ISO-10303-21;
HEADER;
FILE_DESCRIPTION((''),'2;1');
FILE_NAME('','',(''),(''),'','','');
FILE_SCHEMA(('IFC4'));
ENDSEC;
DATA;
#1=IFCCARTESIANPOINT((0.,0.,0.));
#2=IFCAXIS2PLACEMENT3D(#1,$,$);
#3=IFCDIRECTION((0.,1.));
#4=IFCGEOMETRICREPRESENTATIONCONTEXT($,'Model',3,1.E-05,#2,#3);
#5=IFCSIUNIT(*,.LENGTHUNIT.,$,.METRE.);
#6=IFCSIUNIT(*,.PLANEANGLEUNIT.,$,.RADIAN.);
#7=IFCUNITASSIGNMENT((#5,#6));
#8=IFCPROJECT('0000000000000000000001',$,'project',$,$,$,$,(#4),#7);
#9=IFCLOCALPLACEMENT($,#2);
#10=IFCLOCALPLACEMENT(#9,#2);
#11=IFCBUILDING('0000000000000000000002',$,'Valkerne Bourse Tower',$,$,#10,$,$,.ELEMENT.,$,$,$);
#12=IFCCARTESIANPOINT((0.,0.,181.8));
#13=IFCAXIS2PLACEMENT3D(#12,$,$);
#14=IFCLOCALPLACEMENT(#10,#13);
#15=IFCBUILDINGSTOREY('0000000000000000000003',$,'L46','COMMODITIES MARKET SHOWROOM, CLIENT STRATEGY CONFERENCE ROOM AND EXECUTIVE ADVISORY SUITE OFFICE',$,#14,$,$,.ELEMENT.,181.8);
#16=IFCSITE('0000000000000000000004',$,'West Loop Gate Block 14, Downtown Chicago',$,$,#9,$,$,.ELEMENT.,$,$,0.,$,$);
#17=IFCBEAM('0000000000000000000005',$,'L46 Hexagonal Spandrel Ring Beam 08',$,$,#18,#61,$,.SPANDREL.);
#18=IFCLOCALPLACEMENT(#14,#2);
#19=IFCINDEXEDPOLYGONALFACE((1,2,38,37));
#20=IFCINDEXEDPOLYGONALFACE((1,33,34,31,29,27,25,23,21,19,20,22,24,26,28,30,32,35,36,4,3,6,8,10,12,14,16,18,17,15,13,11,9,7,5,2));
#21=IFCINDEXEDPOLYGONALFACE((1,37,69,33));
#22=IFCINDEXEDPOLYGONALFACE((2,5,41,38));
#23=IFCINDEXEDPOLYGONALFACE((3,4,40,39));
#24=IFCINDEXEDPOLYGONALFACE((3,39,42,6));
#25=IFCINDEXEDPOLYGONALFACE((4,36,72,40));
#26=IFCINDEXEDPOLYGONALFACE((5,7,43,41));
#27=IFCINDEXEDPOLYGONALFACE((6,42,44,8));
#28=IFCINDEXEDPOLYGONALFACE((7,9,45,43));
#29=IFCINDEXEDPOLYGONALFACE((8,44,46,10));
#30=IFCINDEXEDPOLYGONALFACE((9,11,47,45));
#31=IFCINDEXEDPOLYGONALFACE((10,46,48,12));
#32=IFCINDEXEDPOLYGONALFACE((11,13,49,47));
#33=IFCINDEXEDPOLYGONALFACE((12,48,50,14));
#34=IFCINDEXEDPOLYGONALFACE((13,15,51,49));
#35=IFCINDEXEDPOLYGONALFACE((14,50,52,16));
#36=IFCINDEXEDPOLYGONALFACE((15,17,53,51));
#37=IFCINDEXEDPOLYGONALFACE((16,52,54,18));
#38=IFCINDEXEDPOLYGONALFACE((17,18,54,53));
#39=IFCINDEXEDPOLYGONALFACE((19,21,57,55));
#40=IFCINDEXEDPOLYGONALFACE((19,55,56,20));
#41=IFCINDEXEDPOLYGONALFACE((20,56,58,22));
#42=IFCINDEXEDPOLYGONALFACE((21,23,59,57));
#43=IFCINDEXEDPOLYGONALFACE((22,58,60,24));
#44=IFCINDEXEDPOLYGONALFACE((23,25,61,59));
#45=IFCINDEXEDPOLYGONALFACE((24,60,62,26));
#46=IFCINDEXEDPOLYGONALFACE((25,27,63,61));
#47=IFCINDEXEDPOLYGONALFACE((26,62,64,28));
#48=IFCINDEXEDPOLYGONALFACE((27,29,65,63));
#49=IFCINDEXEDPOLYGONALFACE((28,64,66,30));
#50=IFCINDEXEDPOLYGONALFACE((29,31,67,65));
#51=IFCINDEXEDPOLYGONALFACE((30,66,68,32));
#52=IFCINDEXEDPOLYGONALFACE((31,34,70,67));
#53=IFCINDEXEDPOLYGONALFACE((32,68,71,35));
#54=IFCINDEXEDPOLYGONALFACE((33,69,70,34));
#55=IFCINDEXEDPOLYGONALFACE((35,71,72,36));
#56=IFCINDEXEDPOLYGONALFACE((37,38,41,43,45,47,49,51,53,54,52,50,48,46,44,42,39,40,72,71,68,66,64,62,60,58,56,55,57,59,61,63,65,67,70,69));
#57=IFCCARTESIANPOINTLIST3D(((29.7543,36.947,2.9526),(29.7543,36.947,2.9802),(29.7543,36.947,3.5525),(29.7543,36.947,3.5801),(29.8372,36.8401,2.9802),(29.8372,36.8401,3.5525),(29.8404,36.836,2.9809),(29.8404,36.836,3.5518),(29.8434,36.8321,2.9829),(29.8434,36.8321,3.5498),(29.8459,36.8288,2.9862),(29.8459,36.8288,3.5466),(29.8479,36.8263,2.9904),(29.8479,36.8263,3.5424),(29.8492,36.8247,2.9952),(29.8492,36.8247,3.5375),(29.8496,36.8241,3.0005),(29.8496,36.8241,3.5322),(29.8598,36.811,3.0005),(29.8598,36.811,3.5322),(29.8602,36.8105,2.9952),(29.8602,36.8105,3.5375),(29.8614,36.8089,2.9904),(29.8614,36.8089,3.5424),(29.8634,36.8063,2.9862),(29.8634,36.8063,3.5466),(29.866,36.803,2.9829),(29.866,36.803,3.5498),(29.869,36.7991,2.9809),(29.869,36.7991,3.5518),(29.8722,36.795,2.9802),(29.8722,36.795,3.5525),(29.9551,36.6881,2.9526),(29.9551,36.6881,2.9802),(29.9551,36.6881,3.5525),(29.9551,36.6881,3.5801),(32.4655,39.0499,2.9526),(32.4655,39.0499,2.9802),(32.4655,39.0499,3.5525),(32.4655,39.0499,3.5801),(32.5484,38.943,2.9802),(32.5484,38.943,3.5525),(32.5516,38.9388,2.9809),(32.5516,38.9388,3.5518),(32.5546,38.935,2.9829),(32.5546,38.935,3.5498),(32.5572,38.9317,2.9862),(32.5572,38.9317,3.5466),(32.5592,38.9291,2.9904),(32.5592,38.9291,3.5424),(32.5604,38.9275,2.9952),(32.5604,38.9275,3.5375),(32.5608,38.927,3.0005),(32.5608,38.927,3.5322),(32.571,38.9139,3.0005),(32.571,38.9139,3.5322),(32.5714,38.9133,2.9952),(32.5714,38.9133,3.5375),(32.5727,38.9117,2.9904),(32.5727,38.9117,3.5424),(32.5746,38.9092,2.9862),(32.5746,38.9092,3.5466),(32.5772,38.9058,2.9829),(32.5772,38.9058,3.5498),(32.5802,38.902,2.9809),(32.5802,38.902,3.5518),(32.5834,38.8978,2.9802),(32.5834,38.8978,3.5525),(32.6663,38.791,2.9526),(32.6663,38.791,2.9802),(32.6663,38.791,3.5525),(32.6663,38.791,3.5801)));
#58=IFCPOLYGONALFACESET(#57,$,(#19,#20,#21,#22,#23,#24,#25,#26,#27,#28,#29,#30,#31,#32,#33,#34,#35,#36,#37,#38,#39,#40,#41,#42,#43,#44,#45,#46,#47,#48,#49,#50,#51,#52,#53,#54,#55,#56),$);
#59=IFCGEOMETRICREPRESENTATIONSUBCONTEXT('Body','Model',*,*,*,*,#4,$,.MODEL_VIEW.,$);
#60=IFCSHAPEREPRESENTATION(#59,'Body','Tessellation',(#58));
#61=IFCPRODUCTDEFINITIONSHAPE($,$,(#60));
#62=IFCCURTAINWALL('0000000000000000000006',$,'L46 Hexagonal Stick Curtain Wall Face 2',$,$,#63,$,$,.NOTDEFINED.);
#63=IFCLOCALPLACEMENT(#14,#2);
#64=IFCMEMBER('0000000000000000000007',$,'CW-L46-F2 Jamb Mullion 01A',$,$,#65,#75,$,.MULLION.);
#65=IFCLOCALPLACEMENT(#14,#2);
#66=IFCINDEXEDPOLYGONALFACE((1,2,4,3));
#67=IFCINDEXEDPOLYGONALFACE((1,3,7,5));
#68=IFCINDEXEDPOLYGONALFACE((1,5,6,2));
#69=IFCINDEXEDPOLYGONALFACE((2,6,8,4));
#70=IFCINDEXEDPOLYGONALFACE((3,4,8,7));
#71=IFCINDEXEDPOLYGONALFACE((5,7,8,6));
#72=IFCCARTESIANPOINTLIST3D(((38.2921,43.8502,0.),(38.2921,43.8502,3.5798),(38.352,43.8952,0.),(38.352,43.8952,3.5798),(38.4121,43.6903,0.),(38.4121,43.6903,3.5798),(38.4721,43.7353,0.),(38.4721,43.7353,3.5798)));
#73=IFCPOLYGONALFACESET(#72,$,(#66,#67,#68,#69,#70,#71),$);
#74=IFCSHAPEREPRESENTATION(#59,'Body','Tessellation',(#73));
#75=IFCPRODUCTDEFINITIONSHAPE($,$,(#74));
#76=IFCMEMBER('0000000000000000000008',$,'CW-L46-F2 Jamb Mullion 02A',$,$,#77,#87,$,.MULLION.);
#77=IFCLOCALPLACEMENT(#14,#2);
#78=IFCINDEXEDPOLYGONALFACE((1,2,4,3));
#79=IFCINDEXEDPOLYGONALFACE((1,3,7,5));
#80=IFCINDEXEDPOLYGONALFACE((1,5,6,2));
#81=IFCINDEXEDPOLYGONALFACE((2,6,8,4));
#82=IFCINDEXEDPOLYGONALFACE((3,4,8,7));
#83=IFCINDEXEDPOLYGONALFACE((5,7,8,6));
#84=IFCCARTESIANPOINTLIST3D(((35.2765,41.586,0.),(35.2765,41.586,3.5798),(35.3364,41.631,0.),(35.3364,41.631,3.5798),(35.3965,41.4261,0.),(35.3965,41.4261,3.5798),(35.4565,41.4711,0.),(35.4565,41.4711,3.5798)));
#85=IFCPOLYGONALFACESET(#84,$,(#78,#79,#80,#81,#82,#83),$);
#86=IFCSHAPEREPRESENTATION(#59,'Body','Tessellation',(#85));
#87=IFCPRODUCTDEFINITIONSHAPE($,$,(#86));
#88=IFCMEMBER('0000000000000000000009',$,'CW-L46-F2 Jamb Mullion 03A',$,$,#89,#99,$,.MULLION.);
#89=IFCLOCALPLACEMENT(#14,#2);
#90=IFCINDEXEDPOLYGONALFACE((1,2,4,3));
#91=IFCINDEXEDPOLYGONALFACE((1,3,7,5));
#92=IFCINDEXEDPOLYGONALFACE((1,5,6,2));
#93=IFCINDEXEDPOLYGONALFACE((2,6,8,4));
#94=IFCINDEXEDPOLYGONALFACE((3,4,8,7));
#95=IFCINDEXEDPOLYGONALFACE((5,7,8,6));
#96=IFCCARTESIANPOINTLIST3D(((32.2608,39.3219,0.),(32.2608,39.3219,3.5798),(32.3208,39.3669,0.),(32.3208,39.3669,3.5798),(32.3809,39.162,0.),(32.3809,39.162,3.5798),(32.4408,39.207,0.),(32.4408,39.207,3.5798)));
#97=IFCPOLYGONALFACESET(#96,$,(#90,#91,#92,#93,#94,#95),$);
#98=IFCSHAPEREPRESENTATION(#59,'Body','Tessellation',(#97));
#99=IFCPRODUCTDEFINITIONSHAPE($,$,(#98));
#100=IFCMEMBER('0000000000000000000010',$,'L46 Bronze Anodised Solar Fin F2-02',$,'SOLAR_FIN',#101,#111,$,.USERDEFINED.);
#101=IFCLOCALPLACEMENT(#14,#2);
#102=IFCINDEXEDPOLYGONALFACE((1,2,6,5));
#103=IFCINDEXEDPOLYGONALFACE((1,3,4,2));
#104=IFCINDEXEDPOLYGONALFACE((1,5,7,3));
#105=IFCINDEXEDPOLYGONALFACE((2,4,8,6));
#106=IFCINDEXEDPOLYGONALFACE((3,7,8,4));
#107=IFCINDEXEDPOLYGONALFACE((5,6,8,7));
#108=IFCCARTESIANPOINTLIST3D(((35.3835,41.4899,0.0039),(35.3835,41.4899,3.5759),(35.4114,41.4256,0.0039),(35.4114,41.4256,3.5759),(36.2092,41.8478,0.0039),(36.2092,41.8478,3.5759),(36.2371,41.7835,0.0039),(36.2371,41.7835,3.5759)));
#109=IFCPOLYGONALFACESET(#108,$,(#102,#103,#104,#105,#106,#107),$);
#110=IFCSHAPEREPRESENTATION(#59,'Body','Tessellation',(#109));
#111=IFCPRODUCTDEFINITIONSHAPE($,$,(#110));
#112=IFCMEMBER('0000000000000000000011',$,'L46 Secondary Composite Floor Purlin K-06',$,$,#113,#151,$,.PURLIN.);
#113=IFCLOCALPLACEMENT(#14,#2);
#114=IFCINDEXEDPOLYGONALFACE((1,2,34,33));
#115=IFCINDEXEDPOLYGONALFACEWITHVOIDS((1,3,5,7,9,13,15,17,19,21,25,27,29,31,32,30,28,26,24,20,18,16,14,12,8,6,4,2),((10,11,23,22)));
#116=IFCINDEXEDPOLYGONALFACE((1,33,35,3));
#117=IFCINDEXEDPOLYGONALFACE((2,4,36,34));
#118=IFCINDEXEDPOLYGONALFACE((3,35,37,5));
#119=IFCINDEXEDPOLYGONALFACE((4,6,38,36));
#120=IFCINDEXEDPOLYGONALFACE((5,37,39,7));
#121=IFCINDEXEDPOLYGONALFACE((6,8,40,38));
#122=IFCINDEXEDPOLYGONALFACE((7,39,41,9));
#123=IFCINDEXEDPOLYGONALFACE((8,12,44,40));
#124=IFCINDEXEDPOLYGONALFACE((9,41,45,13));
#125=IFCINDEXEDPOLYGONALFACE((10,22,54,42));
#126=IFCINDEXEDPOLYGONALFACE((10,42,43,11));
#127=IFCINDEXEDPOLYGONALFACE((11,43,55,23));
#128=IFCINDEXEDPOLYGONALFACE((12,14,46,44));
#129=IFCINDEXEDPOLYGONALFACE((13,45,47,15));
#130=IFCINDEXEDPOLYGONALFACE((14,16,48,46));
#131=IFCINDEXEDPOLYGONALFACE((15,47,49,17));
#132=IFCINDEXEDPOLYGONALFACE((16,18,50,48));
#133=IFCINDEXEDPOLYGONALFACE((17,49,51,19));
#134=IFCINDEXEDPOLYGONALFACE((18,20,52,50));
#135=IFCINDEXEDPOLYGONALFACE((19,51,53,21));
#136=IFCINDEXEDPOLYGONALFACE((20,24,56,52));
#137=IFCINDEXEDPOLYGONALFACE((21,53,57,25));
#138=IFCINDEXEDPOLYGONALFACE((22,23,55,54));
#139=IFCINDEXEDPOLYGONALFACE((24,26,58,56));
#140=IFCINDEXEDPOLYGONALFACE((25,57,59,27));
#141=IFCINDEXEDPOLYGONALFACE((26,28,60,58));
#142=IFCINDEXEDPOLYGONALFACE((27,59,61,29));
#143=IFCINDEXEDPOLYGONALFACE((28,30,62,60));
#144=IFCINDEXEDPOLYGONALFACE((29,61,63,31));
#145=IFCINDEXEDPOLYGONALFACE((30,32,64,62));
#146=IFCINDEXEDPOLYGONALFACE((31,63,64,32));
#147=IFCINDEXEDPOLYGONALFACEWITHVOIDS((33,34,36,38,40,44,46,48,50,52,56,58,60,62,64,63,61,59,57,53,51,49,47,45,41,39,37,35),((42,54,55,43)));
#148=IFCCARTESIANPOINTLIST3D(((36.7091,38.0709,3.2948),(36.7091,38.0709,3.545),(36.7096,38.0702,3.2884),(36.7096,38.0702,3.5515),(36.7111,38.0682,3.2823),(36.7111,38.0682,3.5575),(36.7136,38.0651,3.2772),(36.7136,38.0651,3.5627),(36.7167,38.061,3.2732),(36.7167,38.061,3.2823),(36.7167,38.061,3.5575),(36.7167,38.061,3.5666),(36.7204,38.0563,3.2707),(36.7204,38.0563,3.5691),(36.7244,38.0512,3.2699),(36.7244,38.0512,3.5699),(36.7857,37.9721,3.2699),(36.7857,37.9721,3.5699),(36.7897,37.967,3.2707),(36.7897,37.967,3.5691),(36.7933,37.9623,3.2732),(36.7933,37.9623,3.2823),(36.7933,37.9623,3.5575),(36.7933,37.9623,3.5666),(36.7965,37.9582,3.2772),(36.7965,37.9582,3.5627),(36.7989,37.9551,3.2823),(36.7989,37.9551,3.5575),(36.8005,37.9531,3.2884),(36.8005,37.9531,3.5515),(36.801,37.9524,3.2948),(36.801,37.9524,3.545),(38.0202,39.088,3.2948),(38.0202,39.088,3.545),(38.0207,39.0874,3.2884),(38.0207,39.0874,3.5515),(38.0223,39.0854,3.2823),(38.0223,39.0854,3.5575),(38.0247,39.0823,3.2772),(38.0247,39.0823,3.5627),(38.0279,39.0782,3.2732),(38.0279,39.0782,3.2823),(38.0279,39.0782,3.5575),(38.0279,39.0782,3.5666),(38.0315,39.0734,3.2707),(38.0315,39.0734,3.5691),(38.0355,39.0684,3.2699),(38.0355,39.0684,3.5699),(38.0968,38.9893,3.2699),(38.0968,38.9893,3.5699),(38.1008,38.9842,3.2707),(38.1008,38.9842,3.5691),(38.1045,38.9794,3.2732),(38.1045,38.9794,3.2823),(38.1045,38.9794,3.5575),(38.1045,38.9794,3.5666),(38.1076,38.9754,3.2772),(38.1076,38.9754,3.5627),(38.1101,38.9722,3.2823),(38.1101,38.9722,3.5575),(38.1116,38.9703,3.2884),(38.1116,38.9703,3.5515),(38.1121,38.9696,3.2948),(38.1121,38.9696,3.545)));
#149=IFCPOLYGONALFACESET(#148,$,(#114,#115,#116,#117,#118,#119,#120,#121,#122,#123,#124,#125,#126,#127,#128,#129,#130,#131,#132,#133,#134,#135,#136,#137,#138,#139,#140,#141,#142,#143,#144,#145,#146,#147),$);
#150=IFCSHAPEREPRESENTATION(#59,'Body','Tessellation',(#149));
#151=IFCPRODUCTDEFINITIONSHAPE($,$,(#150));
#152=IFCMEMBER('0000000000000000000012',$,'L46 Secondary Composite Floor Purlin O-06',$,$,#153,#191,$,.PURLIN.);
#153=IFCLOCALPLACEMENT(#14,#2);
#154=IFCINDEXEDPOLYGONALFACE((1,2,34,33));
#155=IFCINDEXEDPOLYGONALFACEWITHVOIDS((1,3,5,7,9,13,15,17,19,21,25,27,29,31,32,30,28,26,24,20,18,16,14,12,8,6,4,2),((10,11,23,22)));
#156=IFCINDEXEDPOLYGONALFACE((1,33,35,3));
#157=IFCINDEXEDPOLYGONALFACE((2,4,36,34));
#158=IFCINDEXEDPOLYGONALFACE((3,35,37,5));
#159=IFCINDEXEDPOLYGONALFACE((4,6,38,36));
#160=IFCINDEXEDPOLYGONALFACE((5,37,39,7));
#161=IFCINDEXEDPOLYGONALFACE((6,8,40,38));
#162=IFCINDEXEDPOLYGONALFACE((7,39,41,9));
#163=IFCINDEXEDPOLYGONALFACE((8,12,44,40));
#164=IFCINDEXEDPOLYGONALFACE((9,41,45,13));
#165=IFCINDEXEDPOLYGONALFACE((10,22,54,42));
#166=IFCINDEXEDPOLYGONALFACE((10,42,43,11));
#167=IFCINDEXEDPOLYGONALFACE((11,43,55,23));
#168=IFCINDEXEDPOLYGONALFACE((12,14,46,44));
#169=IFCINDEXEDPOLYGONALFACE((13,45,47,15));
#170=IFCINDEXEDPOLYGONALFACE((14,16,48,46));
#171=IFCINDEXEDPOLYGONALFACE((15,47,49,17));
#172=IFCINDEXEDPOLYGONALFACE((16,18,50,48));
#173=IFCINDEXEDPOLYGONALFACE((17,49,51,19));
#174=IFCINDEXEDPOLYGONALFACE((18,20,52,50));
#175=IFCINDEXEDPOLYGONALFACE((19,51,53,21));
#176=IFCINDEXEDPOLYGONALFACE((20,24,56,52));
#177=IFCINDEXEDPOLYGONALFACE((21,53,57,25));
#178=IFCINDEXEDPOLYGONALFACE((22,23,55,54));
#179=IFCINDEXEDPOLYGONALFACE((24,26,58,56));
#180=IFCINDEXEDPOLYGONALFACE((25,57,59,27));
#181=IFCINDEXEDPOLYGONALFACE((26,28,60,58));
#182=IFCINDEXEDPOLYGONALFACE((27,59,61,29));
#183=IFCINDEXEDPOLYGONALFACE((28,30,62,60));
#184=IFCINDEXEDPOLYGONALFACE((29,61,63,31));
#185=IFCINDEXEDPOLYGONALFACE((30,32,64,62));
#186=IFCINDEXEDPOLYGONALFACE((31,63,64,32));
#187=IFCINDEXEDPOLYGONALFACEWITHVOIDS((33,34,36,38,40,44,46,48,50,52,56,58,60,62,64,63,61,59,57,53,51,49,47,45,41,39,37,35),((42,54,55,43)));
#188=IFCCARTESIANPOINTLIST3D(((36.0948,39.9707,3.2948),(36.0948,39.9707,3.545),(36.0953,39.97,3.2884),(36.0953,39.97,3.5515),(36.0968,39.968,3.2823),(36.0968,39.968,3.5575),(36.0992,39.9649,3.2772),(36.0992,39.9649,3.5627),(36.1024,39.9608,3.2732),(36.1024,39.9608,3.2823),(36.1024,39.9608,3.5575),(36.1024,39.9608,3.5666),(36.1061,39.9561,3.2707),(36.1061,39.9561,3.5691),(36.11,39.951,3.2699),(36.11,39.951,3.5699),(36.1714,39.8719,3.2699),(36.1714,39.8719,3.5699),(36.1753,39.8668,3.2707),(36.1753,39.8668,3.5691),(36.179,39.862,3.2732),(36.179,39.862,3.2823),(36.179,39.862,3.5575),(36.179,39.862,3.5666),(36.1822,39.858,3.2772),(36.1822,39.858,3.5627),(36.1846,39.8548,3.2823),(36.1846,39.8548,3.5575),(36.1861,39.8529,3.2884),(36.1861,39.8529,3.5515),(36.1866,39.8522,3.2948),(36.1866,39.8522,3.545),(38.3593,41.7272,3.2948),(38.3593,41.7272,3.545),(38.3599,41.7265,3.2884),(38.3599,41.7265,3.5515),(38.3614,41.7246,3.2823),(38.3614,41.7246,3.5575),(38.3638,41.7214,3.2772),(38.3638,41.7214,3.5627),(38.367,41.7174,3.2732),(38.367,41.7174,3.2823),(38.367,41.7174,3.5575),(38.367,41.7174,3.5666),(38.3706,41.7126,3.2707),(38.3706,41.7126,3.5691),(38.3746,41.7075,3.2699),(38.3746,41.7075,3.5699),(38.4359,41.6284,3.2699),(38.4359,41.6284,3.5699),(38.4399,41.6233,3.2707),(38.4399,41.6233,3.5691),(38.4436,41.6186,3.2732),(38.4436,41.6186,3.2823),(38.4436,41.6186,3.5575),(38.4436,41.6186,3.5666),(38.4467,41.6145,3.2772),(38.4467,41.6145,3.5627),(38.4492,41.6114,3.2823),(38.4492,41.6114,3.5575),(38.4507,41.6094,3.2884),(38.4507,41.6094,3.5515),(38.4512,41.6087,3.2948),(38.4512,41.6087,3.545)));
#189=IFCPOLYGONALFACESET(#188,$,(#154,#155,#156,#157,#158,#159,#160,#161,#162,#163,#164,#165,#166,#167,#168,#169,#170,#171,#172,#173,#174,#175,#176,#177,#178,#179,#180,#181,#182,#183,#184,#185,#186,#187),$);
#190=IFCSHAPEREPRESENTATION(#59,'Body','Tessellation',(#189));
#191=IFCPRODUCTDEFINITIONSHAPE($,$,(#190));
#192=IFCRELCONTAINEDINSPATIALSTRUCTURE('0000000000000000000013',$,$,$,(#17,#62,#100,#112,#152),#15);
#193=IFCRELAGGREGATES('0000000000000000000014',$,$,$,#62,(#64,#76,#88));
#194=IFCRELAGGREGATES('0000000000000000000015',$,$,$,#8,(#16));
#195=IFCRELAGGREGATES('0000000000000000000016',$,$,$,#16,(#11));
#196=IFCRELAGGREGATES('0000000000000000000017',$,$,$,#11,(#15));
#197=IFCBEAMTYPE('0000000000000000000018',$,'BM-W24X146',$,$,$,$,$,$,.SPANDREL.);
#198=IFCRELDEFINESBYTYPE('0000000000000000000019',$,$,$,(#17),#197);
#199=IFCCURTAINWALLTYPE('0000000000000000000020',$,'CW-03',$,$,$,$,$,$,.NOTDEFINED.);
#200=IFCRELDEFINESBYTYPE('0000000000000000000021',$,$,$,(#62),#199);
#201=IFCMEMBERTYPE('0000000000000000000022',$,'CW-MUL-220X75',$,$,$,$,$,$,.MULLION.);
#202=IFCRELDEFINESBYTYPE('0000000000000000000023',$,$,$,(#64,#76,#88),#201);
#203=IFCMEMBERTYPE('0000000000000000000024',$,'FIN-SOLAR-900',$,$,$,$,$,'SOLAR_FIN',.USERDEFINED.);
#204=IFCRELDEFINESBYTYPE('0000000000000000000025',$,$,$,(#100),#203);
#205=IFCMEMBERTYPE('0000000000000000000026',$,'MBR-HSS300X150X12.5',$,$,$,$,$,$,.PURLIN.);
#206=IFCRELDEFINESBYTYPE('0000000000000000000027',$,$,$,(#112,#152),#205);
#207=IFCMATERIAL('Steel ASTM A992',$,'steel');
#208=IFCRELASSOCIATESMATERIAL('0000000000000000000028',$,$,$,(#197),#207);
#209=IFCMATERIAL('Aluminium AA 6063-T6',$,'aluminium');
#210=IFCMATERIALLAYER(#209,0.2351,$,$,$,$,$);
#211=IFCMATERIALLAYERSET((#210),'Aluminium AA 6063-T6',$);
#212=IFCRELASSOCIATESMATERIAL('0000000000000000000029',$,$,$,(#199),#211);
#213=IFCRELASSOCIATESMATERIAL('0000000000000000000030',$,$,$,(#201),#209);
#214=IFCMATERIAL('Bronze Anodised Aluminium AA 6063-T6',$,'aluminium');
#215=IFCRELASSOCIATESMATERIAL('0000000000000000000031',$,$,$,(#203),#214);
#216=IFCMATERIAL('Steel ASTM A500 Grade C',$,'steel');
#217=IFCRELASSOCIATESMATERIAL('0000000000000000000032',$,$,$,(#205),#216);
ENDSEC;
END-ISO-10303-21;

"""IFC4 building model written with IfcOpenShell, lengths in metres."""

from ifc_helpers import new_model, si_unit, direction, frame, origin, origin_2d, place, context, subcontext, project, spatial, rectangle, hollow_rectangle, i_section, extrude, material, layer, layer_set, material_profile, profile_set, type_object, element, aggregate, save


model = new_model("IFC4")

# Units and contexts
model_context = context("Model", 3, precision=1e-05, world=origin(), true_north=direction((0.0, 1.0)))
body_context = subcontext(model_context, "Body", "Model", "MODEL_VIEW")
ifc_project = project(units=[si_unit("LENGTHUNIT", "METRE"), si_unit("PLANEANGLEUNIT", "RADIAN")], contexts=[model_context])

# Site, building, storey
site_placement = place(None, origin())
site = spatial("IfcSite", under=ifc_project, at=site_placement, Name="West Loop Gate Block 14, Downtown Chicago", CompositionType="ELEMENT", RefElevation=0.0)
building_placement = place(site_placement, origin())
building = spatial("IfcBuilding", under=site, at=building_placement, Name="Valkerne Bourse Tower", CompositionType="ELEMENT")
storey_placement = place(building_placement, frame((0.0, 0.0, 181.8)))
storey = spatial("IfcBuildingStorey", under=building, at=storey_placement, Name="L46", Description="COMMODITIES MARKET SHOWROOM, CLIENT STRATEGY CONFERENCE ROOM AND EXECUTIVE ADVISORY SUITE OFFICE", CompositionType="ELEMENT", Elevation=181.8)

# Beam
ifc_material_1 = material(Name="Steel ASTM A992", Category="steel")
ifc_material_profile_1 = material_profile(ifc_material_1, i_section(OverallWidth=0.3276, OverallDepth=0.6274, WebThickness=0.0166, FlangeThickness=0.0276, FilletRadius=0.0203, at=origin_2d()), Name="W24X146")
ifc_profile_set_1 = profile_set([ifc_material_profile_1], Name="Steel ASTM A992")
beam_type_1 = type_object("IfcBeamType", Name="BM-W24X146", PredefinedType="SPANDREL", material=ifc_profile_set_1)
for number, where, z_axis, x_axis, name in (
    (1, (32.5659, 38.9204, 3.2664), (-0.790187, -0.612866, 0.0), (0.612866, -0.790187, 0.0), "L46 Hexagonal Spandrel Ring Beam 08"),
):
    element("IfcBeam", number, at=place(storey_placement, frame(where, z_axis=z_axis, x_axis=x_axis)), inside=storey, type_object=beam_type_1, Name=name, PredefinedType="SPANDREL", context=body_context, shape_type="SweptSolid", body=[
        extrude(i_section(OverallWidth=0.3276, OverallDepth=0.6274, WebThickness=0.0166, FlangeThickness=0.0276, FilletRadius=0.0203, at=origin_2d()), origin(), (0.0, 0.0, 1.0), 3.4312),
    ])

# Curtain wall, members
ifc_material_2 = material(Name="Aluminium AA 6063-T6", Category="aluminium")
ifc_layer_1 = layer(ifc_material_2, 0.2351)
ifc_layer_set_1 = layer_set([ifc_layer_1], Name="Aluminium AA 6063-T6")
curtain_wall_type = type_object("IfcCurtainWallType", Name="CW-03", PredefinedType="NOTDEFINED", material=ifc_layer_set_1)
curtain_wall_placement = place(storey_placement, origin())
curtain_wall = element("IfcCurtainWall", 2, at=curtain_wall_placement, inside=storey, type_object=curtain_wall_type, Name="L46 Hexagonal Stick Curtain Wall Face 2", PredefinedType="NOTDEFINED")
ifc_material_profile_2 = material_profile(ifc_material_2, rectangle(XDim=0.075, YDim=0.2, at=origin_2d()), Name="CWM-75X200")
ifc_profile_set_2 = profile_set([ifc_material_profile_2], Name="Aluminium AA 6063-T6")
member_type_1 = type_object("IfcMemberType", Name="CW-MUL-220X75", PredefinedType="MULLION", material=ifc_profile_set_2)
member_1_placement = place(storey_placement, frame((38.3821, 43.7927, 0.0), z_axis=(0.0, 0.0, 1.0), x_axis=(-0.799694, -0.600407, 0.0)))
member_1 = element("IfcMember", 3, at=member_1_placement, type_object=member_type_1, Name="CW-L46-F2 Jamb Mullion 01A", PredefinedType="MULLION", context=body_context, shape_type="SweptSolid", body=[
    extrude(rectangle(XDim=0.075, YDim=0.2, at=origin_2d()), origin(), (0.0, 0.0, 1.0), 3.5798),
])
member_2_placement = place(storey_placement, frame((35.3665, 41.5286, 0.0), z_axis=(0.0, 0.0, 1.0), x_axis=(-0.799682, -0.600424, 0.0)))
member_2 = element("IfcMember", 4, at=member_2_placement, type_object=member_type_1, Name="CW-L46-F2 Jamb Mullion 02A", PredefinedType="MULLION", context=body_context, shape_type="SweptSolid", body=[
    extrude(rectangle(XDim=0.075, YDim=0.2, at=origin_2d()), origin(), (0.0, 0.0, 1.0), 3.5798),
])
member_3_placement = place(storey_placement, frame((32.3508, 39.2644, 0.0), z_axis=(0.0, 0.0, 1.0), x_axis=(-0.799682, -0.600424, 0.0)))
member_3 = element("IfcMember", 5, at=member_3_placement, type_object=member_type_1, Name="CW-L46-F2 Jamb Mullion 03A", PredefinedType="MULLION", context=body_context, shape_type="SweptSolid", body=[
    extrude(rectangle(XDim=0.075, YDim=0.2, at=origin_2d()), origin(), (0.0, 0.0, 1.0), 3.5798),
])

# Members
ifc_material_3 = material(Name="Bronze Anodised Aluminium AA 6063-T6", Category="aluminium")
ifc_material_profile_3 = material_profile(ifc_material_3, rectangle(XDim=0.0701, YDim=0.8999, at=origin_2d()), Name="FIN-70X900")
ifc_profile_set_3 = profile_set([ifc_material_profile_3], Name="Bronze Anodised Aluminium AA 6063-T6")
member_type_2 = type_object("IfcMemberType", Name="FIN-SOLAR-900", ElementType="SOLAR_FIN", PredefinedType="USERDEFINED", material=ifc_profile_set_3)
member_4_placement = place(storey_placement, frame((35.8103, 41.6367, 0.0039), z_axis=(0.0, 0.0, 1.0), x_axis=(-0.397723, 0.917505, 0.0)))
element("IfcMember", 6, at=member_4_placement, inside=storey, type_object=member_type_2, Name="L46 Bronze Anodised Solar Fin F2-02", ObjectType="SOLAR_FIN", PredefinedType="USERDEFINED", context=body_context, shape_type="SweptSolid", body=[
    extrude(rectangle(XDim=0.0701, YDim=0.8999, at=origin_2d()), origin(), (0.0, 0.0, 1.0), 3.572),
])
ifc_material_4 = material(Name="Steel ASTM A500 Grade C", Category="steel")
ifc_material_profile_4 = material_profile(ifc_material_4, hollow_rectangle(XDim=0.1499, YDim=0.3, WallThickness=0.0125, OuterFilletRadius=0.0249, at=origin_2d()), Name="HSS300X150X12.5")
ifc_profile_set_4 = profile_set([ifc_material_profile_4], Name="Steel ASTM A500 Grade C")
member_type_3 = type_object("IfcMemberType", Name="MBR-HSS300X150X12.5", PredefinedType="PURLIN", material=ifc_profile_set_4)
member_5_placement = place(storey_placement, frame((38.0662, 39.0288, 3.4199), z_axis=(-0.790112, -0.612962, 0.0), x_axis=(0.612962, -0.790112, 0.0)))
element("IfcMember", 7, at=member_5_placement, inside=storey, type_object=member_type_3, Name="L46 Secondary Composite Floor Purlin K-06", PredefinedType="PURLIN", context=body_context, shape_type="SweptSolid", body=[
    extrude(hollow_rectangle(XDim=0.1499, YDim=0.3, WallThickness=0.0125, OuterFilletRadius=0.0249, at=origin_2d()), origin(), (0.0, 0.0, 1.0), 1.6594),
])
for number, where, z_axis, x_axis, name in (
    (8, (38.4053, 41.668, 3.4199), (-0.790163, -0.612896, 0.0), (0.612896, -0.790163, 0.0), "L46 Secondary Composite Floor Purlin O-06"),
):
    element("IfcMember", number, at=place(storey_placement, frame(where, z_axis=z_axis, x_axis=x_axis)), inside=storey, type_object=member_type_3, Name=name, PredefinedType="PURLIN", context=body_context, shape_type="SweptSolid", body=[
        extrude(hollow_rectangle(XDim=0.1499, YDim=0.3, WallThickness=0.0125, OuterFilletRadius=0.0249, at=origin_2d()), origin(), (0.0, 0.0, 1.0), 2.866),
    ])

aggregate(curtain_wall, [member_1, member_2, member_3])

save(model, "model.ifc")
